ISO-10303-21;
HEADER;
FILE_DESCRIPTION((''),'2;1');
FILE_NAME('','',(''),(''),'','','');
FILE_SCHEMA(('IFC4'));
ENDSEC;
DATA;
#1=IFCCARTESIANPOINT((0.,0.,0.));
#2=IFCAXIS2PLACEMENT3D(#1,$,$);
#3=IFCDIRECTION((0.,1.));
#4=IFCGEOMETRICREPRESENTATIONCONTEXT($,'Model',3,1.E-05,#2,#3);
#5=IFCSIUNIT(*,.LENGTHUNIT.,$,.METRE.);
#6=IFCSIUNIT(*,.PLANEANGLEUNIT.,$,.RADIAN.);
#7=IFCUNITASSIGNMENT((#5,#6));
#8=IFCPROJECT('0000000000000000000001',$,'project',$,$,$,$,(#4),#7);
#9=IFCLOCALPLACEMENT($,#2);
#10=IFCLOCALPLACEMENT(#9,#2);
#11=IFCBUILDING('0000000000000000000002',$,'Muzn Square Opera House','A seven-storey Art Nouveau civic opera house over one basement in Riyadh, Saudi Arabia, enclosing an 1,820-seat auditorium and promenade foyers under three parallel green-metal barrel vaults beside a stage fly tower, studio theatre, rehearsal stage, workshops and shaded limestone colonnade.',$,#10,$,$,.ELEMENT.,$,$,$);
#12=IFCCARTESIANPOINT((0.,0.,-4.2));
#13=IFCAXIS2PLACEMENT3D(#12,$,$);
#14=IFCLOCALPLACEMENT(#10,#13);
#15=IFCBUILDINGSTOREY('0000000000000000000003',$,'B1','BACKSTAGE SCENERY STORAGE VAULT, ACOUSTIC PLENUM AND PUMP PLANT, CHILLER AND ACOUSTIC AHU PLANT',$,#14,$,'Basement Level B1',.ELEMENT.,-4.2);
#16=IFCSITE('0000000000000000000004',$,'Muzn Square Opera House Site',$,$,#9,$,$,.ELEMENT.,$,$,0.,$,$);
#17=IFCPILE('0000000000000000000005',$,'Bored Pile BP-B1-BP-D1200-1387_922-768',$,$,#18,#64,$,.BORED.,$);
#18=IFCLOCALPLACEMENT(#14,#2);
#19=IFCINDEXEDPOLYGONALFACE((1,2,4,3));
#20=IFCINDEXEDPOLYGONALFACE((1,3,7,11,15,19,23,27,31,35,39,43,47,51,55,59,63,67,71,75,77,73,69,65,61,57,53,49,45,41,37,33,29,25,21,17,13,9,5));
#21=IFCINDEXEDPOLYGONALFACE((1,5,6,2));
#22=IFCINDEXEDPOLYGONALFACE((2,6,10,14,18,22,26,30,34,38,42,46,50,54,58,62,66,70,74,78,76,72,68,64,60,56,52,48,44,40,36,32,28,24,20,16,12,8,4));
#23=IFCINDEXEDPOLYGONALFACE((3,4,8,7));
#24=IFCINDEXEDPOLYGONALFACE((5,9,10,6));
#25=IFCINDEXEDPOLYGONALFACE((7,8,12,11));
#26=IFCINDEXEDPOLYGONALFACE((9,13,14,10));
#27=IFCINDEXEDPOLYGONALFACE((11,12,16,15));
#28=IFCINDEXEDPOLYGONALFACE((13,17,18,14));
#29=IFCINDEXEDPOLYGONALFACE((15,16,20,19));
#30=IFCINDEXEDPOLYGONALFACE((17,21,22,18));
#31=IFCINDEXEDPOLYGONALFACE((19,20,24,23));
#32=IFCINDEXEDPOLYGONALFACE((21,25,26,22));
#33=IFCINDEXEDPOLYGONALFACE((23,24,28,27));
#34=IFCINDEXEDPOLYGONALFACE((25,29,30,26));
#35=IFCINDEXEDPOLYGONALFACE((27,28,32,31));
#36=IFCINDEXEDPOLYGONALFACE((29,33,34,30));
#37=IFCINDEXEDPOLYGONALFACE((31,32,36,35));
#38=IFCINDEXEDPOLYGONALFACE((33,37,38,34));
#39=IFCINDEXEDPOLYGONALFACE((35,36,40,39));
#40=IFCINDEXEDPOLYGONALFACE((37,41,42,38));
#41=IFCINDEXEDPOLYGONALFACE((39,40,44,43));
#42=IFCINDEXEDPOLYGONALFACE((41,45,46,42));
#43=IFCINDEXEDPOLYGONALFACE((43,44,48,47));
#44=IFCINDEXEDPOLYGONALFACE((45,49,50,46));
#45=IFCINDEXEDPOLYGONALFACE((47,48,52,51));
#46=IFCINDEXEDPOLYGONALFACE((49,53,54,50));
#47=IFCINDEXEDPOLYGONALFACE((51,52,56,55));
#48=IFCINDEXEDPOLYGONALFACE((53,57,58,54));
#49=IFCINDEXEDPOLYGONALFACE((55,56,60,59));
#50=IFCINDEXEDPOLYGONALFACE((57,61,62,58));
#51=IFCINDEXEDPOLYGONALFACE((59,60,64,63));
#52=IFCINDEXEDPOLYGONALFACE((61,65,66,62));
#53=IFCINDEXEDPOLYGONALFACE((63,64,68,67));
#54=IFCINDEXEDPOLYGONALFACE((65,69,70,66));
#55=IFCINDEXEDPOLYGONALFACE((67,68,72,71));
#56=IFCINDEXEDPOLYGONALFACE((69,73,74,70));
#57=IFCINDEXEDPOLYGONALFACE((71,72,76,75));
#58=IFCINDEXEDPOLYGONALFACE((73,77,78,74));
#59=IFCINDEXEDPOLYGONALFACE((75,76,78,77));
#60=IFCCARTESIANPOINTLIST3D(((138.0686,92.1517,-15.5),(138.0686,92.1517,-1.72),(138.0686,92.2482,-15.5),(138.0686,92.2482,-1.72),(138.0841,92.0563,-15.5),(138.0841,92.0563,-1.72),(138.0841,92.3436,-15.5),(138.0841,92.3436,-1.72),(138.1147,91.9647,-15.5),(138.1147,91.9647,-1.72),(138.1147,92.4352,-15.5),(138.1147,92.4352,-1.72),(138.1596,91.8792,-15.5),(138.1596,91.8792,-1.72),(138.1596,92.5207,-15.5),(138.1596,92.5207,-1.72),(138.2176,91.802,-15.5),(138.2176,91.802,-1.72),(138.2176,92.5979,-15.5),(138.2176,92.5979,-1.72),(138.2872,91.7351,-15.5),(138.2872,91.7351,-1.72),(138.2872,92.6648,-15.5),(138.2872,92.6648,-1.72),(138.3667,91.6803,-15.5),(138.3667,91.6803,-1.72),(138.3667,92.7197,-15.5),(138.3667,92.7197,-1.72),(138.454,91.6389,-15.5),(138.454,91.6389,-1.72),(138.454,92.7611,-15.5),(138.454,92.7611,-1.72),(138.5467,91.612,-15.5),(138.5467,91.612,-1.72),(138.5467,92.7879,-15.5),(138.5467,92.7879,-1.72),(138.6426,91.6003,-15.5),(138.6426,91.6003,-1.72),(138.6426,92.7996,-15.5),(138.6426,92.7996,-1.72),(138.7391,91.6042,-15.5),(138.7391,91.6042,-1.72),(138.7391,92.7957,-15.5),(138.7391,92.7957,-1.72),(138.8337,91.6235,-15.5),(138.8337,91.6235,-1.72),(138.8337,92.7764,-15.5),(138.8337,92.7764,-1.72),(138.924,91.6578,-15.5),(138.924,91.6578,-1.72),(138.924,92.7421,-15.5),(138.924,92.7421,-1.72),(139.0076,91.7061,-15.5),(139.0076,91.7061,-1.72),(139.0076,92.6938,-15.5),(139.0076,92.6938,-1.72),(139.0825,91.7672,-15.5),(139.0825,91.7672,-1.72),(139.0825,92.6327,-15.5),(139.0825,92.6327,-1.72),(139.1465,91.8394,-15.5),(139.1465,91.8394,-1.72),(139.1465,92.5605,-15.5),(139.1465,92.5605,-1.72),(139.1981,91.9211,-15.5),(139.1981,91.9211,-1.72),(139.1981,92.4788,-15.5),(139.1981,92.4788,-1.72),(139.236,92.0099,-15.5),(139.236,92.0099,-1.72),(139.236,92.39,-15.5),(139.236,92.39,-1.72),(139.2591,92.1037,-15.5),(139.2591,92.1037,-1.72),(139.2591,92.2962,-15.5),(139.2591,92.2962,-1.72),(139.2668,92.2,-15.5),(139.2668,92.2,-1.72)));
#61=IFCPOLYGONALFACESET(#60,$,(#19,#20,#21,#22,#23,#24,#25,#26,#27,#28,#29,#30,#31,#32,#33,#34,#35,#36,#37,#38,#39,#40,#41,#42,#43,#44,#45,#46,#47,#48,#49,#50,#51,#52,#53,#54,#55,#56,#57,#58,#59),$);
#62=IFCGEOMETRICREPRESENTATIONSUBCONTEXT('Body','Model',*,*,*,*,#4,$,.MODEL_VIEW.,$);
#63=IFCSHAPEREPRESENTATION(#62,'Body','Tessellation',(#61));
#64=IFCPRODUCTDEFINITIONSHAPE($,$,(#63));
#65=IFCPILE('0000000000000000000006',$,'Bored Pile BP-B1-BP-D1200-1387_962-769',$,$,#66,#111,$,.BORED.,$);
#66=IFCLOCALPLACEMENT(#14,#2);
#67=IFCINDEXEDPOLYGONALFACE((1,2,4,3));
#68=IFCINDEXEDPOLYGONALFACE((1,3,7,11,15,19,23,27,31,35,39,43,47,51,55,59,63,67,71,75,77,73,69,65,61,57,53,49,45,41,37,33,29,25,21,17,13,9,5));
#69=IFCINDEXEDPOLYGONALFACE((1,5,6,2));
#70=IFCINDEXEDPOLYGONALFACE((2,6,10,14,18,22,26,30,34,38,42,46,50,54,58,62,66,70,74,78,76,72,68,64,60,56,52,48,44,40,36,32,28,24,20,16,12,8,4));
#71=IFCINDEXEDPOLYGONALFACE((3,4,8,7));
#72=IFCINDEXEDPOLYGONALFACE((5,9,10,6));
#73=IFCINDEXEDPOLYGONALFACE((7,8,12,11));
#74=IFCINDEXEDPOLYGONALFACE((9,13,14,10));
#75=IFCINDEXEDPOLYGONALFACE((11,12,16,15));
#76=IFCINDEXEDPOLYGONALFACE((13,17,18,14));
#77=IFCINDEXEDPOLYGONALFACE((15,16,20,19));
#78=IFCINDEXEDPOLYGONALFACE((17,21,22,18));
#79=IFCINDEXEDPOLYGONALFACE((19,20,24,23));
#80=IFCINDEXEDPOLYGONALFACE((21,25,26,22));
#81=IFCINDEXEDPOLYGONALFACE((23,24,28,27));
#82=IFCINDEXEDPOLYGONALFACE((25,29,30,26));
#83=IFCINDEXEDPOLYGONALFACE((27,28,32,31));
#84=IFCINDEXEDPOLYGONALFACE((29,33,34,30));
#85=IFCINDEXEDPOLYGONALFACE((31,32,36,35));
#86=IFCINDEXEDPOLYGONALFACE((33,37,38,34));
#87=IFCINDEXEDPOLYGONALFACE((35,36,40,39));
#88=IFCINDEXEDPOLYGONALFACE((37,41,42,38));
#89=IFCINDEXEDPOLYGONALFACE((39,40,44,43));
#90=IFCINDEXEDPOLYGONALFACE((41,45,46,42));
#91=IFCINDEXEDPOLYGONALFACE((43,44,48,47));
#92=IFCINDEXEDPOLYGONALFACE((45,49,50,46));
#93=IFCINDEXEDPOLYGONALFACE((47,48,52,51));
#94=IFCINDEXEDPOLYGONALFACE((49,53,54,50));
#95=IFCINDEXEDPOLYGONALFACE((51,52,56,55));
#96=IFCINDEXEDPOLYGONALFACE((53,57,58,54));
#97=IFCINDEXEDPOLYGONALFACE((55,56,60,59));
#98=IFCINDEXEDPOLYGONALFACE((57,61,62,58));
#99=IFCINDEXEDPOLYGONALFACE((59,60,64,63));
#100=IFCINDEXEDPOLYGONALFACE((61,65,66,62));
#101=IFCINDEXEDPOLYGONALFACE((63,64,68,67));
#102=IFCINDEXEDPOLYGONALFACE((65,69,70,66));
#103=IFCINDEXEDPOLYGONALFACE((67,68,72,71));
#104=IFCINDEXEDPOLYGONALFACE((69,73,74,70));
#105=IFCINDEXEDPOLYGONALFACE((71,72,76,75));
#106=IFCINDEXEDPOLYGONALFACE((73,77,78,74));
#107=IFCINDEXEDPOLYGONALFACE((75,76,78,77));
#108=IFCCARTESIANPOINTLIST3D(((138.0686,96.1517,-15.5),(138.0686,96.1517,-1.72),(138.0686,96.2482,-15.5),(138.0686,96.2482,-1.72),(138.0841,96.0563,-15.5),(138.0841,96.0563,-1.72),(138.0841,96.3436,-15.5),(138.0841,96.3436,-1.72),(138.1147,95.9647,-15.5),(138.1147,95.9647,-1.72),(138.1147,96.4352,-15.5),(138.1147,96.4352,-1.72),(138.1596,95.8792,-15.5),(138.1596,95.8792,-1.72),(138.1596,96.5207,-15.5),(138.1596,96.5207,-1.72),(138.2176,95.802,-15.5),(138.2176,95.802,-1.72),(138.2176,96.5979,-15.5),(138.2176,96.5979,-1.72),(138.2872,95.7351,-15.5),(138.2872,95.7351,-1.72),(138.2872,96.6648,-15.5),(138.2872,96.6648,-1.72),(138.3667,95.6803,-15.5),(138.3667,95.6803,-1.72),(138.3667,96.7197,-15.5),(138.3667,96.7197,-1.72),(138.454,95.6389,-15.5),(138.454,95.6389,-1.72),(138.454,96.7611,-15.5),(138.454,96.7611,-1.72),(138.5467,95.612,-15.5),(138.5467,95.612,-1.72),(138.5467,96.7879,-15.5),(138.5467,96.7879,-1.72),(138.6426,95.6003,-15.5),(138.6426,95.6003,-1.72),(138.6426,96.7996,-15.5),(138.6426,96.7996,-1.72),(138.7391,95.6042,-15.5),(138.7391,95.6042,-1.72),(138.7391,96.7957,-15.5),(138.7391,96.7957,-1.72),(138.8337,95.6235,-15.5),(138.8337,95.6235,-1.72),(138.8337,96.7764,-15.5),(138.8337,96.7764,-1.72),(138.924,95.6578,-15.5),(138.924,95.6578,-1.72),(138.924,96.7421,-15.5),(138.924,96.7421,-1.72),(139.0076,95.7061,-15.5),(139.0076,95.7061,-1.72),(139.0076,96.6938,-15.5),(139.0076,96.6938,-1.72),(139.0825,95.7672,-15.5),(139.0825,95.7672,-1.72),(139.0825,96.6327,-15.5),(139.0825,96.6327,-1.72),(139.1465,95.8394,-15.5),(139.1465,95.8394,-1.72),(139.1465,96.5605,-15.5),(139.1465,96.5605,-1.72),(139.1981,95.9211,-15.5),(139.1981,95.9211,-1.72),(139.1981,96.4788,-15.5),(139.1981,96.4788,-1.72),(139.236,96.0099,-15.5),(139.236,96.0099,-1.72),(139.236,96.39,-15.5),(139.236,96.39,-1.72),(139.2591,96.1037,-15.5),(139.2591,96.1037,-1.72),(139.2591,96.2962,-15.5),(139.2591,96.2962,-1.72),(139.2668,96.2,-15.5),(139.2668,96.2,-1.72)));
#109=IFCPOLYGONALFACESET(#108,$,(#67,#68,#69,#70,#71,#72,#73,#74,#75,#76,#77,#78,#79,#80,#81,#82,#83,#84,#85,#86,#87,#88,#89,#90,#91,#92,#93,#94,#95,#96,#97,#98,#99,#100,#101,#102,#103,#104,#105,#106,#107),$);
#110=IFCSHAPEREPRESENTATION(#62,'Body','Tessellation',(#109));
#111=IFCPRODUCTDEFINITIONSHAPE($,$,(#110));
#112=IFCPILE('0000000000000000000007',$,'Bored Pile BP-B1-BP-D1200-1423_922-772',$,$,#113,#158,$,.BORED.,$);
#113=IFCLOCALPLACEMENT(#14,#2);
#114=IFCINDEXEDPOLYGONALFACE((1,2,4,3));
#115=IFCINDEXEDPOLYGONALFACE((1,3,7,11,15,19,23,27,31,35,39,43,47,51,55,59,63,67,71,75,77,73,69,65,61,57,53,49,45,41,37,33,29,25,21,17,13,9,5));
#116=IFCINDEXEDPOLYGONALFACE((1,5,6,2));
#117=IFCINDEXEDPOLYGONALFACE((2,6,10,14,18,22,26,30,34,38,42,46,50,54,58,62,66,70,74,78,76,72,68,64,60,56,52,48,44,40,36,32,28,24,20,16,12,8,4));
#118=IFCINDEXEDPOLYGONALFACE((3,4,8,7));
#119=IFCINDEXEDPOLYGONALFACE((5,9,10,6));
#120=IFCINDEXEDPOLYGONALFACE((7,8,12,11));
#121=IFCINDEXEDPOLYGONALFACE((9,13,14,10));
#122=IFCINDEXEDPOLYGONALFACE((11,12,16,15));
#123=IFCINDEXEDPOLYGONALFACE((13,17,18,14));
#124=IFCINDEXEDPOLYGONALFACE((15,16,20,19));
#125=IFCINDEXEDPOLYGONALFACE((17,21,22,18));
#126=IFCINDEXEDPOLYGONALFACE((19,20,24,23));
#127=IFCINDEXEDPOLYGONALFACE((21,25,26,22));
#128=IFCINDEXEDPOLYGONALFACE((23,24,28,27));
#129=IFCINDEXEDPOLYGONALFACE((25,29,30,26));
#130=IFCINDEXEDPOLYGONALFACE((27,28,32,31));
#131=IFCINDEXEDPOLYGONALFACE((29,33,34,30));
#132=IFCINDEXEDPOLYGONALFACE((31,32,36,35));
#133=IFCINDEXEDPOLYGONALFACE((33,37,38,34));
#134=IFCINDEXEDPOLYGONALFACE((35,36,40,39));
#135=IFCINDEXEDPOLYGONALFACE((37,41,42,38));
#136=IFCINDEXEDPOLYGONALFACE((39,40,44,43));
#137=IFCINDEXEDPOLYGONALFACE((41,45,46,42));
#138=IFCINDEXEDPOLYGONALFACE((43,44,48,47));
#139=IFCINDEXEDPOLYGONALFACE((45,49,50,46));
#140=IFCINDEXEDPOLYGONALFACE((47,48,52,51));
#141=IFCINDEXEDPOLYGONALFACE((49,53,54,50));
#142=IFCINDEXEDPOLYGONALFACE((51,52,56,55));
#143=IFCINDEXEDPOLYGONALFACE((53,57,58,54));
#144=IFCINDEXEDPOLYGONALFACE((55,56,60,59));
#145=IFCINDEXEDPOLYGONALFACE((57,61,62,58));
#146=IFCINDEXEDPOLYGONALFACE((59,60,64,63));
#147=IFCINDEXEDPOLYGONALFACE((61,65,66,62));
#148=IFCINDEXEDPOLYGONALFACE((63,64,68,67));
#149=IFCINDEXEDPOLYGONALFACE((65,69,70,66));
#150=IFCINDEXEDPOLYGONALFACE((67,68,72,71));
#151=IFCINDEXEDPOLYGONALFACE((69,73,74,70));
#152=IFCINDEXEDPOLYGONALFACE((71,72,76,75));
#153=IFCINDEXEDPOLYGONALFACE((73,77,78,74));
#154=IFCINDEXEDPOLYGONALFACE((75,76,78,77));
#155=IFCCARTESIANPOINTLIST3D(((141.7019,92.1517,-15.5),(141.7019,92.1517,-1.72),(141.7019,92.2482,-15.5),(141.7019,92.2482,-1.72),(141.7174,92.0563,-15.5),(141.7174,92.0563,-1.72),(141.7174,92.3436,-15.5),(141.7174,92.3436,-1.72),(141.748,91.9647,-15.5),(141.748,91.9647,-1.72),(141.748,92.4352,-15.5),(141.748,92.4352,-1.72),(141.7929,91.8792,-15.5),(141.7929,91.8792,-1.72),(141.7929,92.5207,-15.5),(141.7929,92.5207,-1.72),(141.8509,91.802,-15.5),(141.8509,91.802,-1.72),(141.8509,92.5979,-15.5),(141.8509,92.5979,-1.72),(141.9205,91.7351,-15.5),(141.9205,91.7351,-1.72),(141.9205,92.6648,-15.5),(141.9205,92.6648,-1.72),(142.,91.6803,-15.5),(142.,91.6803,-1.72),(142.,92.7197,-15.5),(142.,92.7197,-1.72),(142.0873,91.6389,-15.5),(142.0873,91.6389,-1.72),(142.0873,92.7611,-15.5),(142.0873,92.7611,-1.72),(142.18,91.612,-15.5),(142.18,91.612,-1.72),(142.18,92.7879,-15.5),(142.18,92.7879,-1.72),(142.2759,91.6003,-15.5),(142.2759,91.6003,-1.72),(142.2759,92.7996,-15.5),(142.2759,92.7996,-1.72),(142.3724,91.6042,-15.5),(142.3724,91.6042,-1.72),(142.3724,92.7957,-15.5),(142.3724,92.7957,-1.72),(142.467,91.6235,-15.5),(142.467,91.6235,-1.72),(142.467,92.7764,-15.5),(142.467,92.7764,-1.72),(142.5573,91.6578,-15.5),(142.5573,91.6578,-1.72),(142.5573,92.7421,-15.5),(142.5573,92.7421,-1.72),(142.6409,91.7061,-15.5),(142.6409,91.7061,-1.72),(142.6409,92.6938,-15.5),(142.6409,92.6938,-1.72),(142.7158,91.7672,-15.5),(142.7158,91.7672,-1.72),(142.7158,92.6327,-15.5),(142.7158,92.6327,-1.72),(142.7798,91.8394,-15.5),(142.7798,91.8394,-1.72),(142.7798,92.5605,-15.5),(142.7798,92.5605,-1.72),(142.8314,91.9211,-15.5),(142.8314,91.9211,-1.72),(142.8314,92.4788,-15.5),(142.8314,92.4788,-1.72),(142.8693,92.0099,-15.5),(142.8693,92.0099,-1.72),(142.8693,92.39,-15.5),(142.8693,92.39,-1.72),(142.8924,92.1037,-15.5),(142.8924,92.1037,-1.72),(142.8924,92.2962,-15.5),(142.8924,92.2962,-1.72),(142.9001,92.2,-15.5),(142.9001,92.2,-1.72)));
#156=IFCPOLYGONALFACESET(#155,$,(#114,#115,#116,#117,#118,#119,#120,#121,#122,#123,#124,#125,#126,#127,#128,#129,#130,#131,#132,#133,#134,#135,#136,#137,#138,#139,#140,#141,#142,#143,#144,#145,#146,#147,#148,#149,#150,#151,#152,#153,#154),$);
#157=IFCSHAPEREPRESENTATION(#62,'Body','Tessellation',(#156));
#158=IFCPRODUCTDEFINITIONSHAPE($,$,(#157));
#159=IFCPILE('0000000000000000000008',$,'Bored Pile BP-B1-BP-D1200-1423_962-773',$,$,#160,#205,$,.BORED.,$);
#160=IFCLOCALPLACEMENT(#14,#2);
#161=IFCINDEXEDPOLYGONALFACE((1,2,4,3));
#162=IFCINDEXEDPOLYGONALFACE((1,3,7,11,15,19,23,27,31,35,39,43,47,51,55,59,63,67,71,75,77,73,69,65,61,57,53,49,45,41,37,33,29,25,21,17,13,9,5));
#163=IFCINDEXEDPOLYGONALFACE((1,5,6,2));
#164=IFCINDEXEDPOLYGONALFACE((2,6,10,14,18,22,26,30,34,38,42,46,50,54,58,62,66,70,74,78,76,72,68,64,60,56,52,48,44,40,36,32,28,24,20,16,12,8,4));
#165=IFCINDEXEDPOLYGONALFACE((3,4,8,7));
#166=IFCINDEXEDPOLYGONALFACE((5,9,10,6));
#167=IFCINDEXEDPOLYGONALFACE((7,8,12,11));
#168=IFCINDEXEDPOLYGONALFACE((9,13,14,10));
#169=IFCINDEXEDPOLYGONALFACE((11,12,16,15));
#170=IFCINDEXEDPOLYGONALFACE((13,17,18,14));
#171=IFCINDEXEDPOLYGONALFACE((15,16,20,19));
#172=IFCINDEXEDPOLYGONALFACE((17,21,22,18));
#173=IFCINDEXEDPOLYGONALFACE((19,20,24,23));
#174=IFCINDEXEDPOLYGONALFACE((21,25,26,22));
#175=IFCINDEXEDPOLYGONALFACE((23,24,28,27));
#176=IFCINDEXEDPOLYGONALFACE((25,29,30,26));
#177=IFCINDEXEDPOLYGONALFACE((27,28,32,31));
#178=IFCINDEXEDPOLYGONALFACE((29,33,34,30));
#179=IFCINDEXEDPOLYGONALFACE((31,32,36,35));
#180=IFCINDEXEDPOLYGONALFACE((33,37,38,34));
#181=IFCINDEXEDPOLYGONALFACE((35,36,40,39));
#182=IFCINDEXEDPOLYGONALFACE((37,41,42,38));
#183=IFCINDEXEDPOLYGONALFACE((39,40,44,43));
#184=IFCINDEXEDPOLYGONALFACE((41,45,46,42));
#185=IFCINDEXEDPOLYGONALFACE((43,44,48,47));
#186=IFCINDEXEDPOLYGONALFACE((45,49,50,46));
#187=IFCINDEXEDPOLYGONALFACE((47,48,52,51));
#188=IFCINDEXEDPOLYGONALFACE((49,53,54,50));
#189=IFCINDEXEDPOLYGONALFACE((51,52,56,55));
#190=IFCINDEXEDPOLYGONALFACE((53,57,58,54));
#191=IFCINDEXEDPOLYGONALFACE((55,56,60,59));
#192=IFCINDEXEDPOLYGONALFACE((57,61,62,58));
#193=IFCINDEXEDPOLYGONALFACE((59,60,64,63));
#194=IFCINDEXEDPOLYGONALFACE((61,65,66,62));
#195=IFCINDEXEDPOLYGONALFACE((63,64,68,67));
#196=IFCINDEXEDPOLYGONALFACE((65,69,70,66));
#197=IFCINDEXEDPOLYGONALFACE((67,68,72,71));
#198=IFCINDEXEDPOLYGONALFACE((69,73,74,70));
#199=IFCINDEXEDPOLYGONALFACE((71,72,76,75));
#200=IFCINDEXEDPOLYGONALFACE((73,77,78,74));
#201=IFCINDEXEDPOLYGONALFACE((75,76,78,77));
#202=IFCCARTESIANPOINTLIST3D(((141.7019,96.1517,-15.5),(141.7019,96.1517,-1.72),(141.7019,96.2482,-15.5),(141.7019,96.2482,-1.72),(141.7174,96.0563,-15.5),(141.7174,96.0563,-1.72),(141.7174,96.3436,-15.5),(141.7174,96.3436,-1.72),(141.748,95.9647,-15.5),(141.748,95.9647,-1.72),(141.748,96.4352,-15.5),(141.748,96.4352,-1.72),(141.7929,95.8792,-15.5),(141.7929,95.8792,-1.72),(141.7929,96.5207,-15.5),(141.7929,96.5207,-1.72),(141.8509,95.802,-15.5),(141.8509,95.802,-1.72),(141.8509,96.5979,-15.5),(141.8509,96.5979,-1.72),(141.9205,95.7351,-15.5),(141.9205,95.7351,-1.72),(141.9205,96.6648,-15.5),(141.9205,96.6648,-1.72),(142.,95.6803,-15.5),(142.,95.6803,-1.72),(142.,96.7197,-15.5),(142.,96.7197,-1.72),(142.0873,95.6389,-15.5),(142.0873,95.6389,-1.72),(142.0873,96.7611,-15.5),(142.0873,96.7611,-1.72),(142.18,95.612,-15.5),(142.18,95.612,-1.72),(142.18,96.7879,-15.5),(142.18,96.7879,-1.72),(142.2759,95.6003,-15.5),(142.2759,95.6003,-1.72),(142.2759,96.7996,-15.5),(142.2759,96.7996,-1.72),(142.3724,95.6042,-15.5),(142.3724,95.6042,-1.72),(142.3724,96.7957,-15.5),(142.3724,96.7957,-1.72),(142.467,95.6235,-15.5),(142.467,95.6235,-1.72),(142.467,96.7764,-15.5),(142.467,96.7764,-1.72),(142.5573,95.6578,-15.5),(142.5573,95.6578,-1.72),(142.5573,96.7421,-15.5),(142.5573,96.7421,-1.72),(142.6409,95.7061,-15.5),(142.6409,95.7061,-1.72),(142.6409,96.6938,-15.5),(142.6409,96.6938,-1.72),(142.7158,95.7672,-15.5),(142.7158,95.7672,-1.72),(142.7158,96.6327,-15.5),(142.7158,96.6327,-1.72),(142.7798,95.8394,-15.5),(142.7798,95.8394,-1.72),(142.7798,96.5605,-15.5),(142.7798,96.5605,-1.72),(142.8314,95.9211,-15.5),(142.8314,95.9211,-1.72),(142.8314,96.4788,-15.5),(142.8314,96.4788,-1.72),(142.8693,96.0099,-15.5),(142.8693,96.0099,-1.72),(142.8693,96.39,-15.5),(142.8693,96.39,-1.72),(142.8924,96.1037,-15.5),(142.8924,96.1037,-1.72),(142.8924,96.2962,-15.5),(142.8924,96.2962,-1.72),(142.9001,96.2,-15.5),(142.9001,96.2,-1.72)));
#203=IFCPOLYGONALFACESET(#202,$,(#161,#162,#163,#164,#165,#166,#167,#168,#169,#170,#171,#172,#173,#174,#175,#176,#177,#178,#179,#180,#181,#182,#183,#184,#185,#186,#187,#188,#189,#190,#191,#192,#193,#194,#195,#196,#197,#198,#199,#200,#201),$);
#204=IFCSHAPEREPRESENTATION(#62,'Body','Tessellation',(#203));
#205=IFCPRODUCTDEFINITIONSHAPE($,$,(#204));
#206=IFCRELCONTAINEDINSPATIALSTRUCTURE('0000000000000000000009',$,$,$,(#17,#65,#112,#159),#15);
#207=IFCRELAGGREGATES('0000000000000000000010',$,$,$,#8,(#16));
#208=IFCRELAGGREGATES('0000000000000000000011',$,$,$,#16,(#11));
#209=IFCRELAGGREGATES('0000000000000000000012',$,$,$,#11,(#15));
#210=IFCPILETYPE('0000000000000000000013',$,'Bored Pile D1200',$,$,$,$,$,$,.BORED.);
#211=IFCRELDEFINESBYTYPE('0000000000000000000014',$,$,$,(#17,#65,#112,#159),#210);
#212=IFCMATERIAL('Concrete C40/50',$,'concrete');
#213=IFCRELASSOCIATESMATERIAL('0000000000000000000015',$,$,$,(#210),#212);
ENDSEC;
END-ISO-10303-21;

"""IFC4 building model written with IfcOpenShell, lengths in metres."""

from ifc_helpers import new_model, si_unit, direction, frame, origin, origin_2d, place, context, subcontext, project, spatial, circle, extrude, material, material_profile, profile_set, type_object, element, save


model = new_model("IFC4")

# Units and contexts
model_context = context("Model", 3, precision=1e-05, world=origin(), true_north=direction((0.0, 1.0)))
body_context = subcontext(model_context, "Body", "Model", "MODEL_VIEW")
ifc_project = project(units=[si_unit("LENGTHUNIT", "METRE"), si_unit("PLANEANGLEUNIT", "RADIAN")], contexts=[model_context])

# Site, building, storey
site_placement = place(None, origin())
site = spatial("IfcSite", under=ifc_project, at=site_placement, Name="Muzn Square Opera House Site", CompositionType="ELEMENT", RefElevation=0.0)
building_placement = place(site_placement, origin())
building = spatial("IfcBuilding", under=site, at=building_placement, Name="Muzn Square Opera House", Description="A seven-storey Art Nouveau civic opera house over one basement in Riyadh, Saudi Arabia, enclosing an 1,820-seat auditorium and promenade foyers under three parallel green-metal barrel vaults beside a stage fly tower, studio theatre, rehearsal stage, workshops and shaded limestone colonnade.", CompositionType="ELEMENT")
storey_placement = place(building_placement, frame((0.0, 0.0, -4.2)))
storey = spatial("IfcBuildingStorey", under=building, at=storey_placement, Name="B1", Description="BACKSTAGE SCENERY STORAGE VAULT, ACOUSTIC PLENUM AND PUMP PLANT, CHILLER AND ACOUSTIC AHU PLANT", LongName="Basement Level B1", CompositionType="ELEMENT", Elevation=-4.2)

# Piles
ifc_material_1 = material(Name="Concrete C40/50", Category="concrete")
ifc_material_profile_1 = material_profile(ifc_material_1, circle(Radius=0.6001, at=origin_2d()), Name="BORED PILE D1200", Category="concrete")
ifc_profile_set_1 = profile_set([ifc_material_profile_1], Name="Concrete C40/50")
pile_type = type_object("IfcPileType", Name="Bored Pile D1200", PredefinedType="BORED", material=ifc_profile_set_1)
for number, where, z_axis, x_axis, name in (
    (1, (138.6667, 92.2, -1.72), (0.0, 0.0, -1.0), (1.0, 0.0, 0.0), "Bored Pile BP-B1-BP-D1200-1387_922-768"),
    (2, (138.6667, 96.2, -1.72), (0.0, 0.0, -1.0), (1.0, 0.0, 0.0), "Bored Pile BP-B1-BP-D1200-1387_962-769"),
    (3, (142.3, 92.2, -1.72), (0.0, 0.0, -1.0), (1.0, 0.0, 0.0), "Bored Pile BP-B1-BP-D1200-1423_922-772"),
    (4, (142.3, 96.2, -1.72), (0.0, 0.0, -1.0), (1.0, 0.0, 0.0), "Bored Pile BP-B1-BP-D1200-1423_962-773"),
):
    element("IfcPile", number, at=place(storey_placement, frame(where, z_axis=z_axis, x_axis=x_axis)), inside=storey, type_object=pile_type, Name=name, PredefinedType="BORED", context=body_context, shape_type="SweptSolid", body=[
        extrude(circle(Radius=0.6001, at=origin_2d()), origin(), (0.0, 0.0, 1.0), 13.78),
    ])

save(model, "model.ifc")
